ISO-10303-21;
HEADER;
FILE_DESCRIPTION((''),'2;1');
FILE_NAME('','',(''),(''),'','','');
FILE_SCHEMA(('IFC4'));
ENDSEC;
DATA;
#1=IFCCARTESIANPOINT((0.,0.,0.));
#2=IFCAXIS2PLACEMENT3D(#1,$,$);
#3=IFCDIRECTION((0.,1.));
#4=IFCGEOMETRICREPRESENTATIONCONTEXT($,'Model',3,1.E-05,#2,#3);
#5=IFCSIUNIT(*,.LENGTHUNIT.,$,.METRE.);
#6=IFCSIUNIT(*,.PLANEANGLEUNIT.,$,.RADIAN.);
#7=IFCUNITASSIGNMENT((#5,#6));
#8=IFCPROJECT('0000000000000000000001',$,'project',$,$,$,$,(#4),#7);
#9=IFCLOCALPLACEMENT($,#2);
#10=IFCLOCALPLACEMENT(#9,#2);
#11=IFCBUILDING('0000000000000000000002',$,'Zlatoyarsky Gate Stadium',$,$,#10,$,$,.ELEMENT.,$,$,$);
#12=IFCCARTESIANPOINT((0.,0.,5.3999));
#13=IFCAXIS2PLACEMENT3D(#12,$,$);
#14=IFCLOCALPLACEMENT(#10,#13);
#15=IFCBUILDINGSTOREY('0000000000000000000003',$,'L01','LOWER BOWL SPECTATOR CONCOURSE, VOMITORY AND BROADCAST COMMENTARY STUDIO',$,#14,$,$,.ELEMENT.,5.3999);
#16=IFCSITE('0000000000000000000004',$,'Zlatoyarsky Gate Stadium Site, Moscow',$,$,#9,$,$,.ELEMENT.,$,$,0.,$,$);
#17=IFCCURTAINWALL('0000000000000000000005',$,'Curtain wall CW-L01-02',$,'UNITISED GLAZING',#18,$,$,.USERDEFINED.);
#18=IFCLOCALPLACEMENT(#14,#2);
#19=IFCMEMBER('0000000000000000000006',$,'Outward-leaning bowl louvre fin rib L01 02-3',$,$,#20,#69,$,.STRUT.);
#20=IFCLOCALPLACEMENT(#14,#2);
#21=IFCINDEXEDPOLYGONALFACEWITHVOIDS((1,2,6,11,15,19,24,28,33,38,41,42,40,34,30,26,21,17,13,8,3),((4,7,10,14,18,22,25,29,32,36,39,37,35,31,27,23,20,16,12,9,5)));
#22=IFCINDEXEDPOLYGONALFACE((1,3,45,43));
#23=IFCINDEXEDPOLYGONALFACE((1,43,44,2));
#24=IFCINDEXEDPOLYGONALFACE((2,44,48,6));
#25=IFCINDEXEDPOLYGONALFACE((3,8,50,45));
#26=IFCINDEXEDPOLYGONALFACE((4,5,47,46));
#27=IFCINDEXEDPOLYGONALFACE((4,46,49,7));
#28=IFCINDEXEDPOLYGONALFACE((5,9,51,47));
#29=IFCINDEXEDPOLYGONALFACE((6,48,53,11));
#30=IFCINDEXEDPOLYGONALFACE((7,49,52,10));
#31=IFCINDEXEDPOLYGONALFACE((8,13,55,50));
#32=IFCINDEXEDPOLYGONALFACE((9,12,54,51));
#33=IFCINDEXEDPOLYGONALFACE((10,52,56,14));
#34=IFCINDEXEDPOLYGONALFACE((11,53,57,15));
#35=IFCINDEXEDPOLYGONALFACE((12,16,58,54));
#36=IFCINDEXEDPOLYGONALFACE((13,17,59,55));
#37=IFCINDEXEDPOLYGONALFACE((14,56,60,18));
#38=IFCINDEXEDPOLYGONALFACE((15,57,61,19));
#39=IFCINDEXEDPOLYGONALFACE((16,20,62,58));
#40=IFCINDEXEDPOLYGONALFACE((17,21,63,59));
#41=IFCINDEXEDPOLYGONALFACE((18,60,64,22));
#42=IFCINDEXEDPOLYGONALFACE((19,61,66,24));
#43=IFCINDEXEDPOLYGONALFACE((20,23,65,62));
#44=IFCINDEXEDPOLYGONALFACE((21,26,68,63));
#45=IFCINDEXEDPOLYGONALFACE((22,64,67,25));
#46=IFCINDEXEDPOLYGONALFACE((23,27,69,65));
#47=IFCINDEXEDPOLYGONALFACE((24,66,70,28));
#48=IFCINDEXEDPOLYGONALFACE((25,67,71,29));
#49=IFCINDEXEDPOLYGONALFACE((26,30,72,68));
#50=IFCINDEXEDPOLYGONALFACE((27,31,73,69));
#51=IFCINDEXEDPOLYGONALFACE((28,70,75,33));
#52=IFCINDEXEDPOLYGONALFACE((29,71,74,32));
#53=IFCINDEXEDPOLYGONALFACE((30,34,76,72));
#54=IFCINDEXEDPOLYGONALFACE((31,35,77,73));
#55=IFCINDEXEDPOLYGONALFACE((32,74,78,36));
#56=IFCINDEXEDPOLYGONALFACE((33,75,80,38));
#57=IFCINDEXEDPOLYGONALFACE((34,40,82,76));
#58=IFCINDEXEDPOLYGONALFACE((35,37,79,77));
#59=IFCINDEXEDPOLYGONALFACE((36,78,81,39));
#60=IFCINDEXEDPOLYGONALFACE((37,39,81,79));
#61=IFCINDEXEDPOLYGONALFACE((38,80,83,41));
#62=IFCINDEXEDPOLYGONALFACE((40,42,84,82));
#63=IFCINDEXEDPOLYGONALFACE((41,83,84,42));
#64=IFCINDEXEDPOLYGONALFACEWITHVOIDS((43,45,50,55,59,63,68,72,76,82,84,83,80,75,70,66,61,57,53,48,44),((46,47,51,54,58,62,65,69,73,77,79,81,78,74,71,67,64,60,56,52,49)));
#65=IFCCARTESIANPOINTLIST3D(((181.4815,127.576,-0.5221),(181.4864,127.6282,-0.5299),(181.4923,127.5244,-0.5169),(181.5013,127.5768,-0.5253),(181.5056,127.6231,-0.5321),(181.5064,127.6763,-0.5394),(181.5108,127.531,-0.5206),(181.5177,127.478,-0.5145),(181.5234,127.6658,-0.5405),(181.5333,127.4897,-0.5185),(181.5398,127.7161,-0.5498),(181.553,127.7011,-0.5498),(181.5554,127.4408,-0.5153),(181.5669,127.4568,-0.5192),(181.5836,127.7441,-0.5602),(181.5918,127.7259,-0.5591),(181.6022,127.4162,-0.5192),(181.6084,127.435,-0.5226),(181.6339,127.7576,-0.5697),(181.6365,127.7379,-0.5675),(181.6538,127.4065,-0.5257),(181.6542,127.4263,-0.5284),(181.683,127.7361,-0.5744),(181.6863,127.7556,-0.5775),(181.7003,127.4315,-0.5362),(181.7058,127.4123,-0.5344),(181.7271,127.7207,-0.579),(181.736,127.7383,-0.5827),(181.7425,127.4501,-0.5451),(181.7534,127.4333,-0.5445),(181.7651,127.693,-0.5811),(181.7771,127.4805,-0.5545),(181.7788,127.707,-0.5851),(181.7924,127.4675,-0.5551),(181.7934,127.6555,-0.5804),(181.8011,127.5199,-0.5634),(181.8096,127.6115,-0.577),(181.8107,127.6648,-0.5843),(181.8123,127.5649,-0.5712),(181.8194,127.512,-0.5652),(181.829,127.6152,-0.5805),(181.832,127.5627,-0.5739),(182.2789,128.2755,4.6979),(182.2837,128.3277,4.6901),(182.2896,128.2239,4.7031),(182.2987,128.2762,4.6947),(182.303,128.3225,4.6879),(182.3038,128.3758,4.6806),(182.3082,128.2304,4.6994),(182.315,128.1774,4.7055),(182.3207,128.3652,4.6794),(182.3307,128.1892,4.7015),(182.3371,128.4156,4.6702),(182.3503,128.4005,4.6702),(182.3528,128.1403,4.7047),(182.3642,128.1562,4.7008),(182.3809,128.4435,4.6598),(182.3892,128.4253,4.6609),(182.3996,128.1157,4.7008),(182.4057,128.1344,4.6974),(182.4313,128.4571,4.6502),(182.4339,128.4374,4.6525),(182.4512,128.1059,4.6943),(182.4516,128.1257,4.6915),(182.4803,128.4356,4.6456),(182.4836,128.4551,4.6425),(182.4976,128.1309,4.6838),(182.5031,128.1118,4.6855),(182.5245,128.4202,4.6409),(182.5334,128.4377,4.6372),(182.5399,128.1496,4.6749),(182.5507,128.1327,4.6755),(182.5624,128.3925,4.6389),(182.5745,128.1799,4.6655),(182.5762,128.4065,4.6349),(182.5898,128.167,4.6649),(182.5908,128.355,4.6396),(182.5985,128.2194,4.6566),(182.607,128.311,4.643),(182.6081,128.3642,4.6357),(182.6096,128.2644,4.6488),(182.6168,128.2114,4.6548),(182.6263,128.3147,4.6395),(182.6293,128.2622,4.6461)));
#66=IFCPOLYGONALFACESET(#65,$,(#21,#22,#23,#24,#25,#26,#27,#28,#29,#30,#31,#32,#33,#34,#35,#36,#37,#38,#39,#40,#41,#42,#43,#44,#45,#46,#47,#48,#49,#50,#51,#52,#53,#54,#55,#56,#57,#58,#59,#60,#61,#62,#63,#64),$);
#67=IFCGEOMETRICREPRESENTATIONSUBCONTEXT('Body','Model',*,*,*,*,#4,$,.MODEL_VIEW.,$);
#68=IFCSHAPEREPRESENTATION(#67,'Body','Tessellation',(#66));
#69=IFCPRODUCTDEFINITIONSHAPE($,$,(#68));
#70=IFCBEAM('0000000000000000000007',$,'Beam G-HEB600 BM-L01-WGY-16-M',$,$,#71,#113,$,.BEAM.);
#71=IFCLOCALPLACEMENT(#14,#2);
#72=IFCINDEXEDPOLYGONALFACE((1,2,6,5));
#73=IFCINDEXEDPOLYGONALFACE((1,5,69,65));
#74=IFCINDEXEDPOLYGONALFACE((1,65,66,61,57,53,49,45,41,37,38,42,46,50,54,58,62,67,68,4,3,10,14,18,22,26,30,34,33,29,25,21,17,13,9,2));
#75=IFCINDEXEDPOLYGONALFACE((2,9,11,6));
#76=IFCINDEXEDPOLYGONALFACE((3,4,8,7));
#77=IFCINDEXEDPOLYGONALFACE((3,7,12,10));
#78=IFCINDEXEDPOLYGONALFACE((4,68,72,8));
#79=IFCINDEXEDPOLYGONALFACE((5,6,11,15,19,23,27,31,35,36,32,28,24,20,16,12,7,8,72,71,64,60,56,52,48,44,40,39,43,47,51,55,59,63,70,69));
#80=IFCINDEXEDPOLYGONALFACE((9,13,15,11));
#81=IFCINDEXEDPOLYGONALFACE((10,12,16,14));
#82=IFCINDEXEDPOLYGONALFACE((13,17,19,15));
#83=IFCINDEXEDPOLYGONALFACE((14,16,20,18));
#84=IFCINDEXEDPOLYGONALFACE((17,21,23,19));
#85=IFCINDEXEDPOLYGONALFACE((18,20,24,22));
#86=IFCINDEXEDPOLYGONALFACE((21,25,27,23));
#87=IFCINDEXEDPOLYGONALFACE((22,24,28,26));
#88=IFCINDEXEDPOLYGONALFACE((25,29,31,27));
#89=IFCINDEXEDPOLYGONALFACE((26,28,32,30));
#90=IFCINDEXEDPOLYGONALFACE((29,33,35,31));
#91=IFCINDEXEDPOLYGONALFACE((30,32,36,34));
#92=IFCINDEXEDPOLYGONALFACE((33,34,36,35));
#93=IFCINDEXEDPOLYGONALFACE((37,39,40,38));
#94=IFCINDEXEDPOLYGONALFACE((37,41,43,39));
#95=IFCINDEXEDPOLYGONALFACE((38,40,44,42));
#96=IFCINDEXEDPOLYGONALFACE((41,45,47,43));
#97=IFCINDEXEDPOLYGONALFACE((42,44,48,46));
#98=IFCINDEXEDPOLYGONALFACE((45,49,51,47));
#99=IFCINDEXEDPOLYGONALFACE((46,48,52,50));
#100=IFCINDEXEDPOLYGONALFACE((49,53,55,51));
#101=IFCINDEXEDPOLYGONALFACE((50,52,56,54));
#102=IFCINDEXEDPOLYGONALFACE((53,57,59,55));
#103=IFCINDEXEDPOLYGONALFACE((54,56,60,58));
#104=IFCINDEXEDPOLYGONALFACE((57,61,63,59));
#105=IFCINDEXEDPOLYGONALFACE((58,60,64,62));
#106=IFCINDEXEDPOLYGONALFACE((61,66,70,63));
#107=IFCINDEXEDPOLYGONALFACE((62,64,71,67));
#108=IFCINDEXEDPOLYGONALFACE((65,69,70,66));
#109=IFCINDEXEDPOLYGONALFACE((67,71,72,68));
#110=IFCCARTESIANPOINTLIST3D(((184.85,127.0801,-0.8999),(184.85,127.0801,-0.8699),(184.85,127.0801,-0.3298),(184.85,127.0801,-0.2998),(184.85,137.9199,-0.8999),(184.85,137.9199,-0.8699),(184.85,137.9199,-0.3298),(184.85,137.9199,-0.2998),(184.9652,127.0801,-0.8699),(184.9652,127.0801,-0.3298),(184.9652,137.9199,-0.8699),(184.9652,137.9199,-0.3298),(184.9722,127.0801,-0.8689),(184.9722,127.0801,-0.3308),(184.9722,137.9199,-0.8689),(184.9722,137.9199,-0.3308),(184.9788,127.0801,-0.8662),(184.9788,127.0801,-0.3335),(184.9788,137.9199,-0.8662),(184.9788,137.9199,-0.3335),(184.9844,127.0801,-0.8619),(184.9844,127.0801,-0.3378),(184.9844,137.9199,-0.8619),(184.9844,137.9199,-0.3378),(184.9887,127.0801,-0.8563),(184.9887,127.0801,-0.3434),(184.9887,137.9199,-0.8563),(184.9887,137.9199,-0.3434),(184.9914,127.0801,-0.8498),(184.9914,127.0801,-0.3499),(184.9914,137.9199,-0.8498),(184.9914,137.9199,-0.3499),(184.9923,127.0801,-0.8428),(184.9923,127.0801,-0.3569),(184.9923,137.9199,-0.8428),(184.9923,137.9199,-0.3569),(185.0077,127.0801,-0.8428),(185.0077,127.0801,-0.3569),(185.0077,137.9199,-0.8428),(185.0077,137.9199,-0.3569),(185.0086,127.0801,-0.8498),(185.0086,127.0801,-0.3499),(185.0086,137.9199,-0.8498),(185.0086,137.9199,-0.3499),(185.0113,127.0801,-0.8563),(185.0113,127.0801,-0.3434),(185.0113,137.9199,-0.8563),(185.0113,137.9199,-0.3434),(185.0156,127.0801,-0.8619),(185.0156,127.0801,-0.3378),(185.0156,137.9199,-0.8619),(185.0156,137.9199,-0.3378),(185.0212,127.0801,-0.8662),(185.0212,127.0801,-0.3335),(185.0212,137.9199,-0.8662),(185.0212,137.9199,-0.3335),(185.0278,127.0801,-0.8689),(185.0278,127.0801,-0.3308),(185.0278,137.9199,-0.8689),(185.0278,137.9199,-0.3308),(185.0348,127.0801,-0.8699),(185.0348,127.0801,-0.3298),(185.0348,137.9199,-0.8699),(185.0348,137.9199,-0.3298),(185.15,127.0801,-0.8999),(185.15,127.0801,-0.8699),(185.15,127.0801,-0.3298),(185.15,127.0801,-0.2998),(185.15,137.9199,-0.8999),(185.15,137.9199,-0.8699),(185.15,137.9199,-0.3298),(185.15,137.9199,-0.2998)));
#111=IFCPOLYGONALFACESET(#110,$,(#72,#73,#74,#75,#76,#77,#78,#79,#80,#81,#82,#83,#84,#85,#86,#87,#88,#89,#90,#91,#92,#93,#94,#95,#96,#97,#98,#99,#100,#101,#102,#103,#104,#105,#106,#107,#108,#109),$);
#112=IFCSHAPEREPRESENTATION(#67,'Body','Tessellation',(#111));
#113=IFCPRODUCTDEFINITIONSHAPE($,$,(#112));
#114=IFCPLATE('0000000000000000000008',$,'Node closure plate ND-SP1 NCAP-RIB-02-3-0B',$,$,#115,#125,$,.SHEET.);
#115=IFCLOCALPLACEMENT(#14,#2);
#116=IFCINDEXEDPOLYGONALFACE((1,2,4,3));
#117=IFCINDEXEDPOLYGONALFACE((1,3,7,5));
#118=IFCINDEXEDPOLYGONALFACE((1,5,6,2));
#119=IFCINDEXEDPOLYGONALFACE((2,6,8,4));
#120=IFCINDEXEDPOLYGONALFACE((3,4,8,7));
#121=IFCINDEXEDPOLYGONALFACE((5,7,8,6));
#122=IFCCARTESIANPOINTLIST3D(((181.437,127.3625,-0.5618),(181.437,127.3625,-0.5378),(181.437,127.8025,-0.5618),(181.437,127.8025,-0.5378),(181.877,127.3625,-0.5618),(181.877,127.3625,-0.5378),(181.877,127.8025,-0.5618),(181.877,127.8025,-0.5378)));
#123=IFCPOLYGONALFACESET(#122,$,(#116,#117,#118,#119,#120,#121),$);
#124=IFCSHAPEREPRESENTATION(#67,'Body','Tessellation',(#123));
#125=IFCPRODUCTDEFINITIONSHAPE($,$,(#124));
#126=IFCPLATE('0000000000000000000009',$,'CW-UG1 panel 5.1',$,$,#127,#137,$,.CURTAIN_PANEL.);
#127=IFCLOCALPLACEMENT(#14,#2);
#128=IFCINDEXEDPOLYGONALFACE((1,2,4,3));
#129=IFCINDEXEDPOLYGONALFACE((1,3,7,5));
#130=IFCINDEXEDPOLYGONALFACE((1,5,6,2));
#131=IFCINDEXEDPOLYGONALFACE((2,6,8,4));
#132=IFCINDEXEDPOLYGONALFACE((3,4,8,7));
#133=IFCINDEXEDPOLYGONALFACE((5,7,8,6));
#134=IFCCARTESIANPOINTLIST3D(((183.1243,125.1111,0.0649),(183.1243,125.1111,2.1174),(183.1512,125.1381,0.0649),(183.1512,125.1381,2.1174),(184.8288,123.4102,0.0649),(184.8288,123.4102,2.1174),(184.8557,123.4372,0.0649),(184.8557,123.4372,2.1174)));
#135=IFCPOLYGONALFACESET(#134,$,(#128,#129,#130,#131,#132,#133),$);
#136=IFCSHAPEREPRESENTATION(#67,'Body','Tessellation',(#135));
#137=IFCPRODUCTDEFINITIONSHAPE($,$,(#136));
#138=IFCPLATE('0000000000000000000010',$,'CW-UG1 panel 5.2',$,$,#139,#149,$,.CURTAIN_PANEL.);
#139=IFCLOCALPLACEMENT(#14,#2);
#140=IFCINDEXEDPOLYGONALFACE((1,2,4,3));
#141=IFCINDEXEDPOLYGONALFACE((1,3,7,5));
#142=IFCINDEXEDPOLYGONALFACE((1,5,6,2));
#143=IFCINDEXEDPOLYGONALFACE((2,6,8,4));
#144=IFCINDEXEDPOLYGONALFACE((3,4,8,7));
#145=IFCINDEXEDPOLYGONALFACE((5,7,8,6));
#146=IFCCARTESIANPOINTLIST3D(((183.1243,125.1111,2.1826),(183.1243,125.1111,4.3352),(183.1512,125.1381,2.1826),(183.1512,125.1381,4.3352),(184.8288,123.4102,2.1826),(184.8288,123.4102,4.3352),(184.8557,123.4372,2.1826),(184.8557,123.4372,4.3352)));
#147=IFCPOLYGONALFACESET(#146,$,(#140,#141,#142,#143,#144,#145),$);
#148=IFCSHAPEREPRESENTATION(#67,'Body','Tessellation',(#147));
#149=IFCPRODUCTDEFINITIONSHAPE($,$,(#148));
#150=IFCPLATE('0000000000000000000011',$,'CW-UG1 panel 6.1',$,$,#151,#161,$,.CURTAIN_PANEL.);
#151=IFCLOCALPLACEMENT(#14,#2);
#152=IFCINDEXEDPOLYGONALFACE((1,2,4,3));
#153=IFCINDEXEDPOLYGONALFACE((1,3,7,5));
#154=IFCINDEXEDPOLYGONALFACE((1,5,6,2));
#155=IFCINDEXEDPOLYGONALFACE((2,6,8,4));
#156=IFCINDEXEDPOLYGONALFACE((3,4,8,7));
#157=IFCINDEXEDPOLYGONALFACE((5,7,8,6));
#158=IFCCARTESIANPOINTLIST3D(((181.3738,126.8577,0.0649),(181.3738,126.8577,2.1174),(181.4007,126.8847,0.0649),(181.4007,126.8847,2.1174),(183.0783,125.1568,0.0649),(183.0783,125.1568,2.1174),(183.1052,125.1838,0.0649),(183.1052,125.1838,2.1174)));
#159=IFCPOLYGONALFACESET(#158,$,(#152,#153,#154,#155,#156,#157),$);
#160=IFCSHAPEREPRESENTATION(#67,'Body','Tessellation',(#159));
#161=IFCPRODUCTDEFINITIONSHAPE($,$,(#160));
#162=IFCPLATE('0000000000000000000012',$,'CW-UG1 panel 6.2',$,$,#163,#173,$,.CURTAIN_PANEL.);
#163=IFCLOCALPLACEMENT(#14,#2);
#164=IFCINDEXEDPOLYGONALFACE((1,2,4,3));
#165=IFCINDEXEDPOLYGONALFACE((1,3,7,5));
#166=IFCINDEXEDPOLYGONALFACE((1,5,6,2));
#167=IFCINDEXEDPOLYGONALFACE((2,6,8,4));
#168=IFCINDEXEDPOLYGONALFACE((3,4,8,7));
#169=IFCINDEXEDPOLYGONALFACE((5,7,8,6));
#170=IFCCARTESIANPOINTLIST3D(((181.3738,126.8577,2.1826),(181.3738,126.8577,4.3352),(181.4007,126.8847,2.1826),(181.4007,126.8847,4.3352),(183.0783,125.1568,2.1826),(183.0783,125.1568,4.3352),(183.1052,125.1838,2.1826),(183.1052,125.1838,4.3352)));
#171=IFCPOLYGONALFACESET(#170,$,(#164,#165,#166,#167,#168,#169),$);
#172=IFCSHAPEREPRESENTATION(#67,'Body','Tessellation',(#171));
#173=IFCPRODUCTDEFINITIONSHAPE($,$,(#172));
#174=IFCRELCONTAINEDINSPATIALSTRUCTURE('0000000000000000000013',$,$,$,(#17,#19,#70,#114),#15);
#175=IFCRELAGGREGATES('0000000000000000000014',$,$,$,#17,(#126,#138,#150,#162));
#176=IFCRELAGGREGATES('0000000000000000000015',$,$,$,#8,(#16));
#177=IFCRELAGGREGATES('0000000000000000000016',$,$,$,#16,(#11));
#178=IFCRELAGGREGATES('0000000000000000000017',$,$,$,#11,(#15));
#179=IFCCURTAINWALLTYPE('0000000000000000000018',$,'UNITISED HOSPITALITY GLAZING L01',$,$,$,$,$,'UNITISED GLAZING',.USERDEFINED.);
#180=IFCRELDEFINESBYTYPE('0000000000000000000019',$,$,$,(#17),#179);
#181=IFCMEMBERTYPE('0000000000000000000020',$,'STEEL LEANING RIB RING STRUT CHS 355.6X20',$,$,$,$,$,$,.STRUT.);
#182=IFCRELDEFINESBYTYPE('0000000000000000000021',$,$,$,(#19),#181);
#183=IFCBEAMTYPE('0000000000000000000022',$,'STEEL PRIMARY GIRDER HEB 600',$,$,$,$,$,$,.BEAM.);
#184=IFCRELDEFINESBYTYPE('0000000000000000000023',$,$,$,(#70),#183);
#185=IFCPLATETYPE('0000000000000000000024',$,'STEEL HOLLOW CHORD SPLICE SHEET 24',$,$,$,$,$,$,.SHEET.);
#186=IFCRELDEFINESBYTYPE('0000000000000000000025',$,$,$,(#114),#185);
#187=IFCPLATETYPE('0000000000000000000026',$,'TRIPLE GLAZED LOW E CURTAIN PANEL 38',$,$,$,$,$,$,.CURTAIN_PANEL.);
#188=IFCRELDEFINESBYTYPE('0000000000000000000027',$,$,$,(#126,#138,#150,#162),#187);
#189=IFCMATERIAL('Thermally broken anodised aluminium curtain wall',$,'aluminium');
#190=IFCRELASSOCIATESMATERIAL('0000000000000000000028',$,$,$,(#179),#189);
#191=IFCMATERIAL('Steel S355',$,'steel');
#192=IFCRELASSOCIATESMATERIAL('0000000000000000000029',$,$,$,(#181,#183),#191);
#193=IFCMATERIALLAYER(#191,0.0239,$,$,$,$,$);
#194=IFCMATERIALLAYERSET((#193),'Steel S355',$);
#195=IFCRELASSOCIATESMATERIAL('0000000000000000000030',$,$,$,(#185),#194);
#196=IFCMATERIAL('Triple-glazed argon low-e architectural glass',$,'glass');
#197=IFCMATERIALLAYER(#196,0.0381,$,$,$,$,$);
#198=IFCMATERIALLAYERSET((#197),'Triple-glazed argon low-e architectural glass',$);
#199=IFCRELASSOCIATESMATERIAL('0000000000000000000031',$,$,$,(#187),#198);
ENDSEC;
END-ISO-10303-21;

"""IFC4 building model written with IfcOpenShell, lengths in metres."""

from ifc_helpers import new_model, si_unit, direction, frame, origin, origin_2d, place, context, subcontext, project, spatial, rectangle, hollow_circle, i_section, extrude, material, layer, layer_set, material_profile, profile_set, type_object, element, aggregate, save


model = new_model("IFC4")

# Units and contexts
model_context = context("Model", 3, precision=1e-05, world=origin(), true_north=direction((0.0, 1.0)))
body_context = subcontext(model_context, "Body", "Model", "MODEL_VIEW")
ifc_project = project(units=[si_unit("LENGTHUNIT", "METRE"), si_unit("PLANEANGLEUNIT", "RADIAN")], contexts=[model_context])

# Site, building, storey
site_placement = place(None, origin())
site = spatial("IfcSite", under=ifc_project, at=site_placement, Name="Zlatoyarsky Gate Stadium Site, Moscow", CompositionType="ELEMENT", RefElevation=0.0)
building_placement = place(site_placement, origin())
building = spatial("IfcBuilding", under=site, at=building_placement, Name="Zlatoyarsky Gate Stadium", CompositionType="ELEMENT")
storey_placement = place(building_placement, frame((0.0, 0.0, 5.3999)))
storey = spatial("IfcBuildingStorey", under=building, at=storey_placement, Name="L01", Description="LOWER BOWL SPECTATOR CONCOURSE, VOMITORY AND BROADCAST COMMENTARY STUDIO", CompositionType="ELEMENT", Elevation=5.3999)

# Curtain wall
ifc_material_1 = material(Name="Thermally broken anodised aluminium curtain wall", Category="aluminium")
curtain_wall_type = type_object("IfcCurtainWallType", Name="UNITISED HOSPITALITY GLAZING L01", ElementType="UNITISED GLAZING", PredefinedType="USERDEFINED", material=ifc_material_1)
curtain_wall_placement = place(storey_placement, origin())
curtain_wall = element("IfcCurtainWall", 1, at=curtain_wall_placement, inside=storey, type_object=curtain_wall_type, Name="Curtain wall CW-L01-02", ObjectType="UNITISED GLAZING", PredefinedType="USERDEFINED")

# Member
ifc_material_2 = material(Name="Steel S355", Category="steel")
ifc_material_profile_1 = material_profile(ifc_material_2, hollow_circle(Radius=0.1777, WallThickness=0.02, at=origin_2d()), Name="CHS 355.6X20")
ifc_profile_set_1 = profile_set([ifc_material_profile_1], Name="Steel S355")
member_type_1 = type_object("IfcMemberType", Name="STEEL LEANING RIB RING STRUT CHS 355.6X20", PredefinedType="STRUT", material=ifc_profile_set_1)
member_1_placement = place(storey_placement, frame((181.657, 127.5825, -0.5498), z_axis=(0.149693, 0.131314, 0.979974), x_axis=(-0.659449, 0.751749, 0.0)))
element("IfcMember", 2, at=member_1_placement, inside=storey, type_object=member_type_1, Name="Outward-leaning bowl louvre fin rib L01 02-3", PredefinedType="STRUT", context=body_context, shape_type="SweptSolid", body=[
    extrude(hollow_circle(Radius=0.1777, WallThickness=0.02, at=origin_2d()), origin(), (0.0, 0.0, 1.0), 5.3267),
])

# Beam
ifc_material_profile_2 = material_profile(ifc_material_2, i_section(OverallWidth=0.3, OverallDepth=0.6001, WebThickness=0.0154, FlangeThickness=0.03, FilletRadius=0.0271, at=origin_2d()), Name="HEB 600")
ifc_profile_set_2 = profile_set([ifc_material_profile_2], Name="Steel S355")
beam_type = type_object("IfcBeamType", Name="STEEL PRIMARY GIRDER HEB 600", PredefinedType="BEAM", material=ifc_profile_set_2)
beam_placement = place(storey_placement, frame((185.0, 127.0801, -0.5999), z_axis=(0.0, 1.0, 0.0), x_axis=(-1.0, 0.0, 0.0)))
element("IfcBeam", 3, at=beam_placement, inside=storey, type_object=beam_type, Name="Beam G-HEB600 BM-L01-WGY-16-M", PredefinedType="BEAM", context=body_context, shape_type="SweptSolid", body=[
    extrude(i_section(OverallWidth=0.3, OverallDepth=0.6001, WebThickness=0.0154, FlangeThickness=0.03, FilletRadius=0.0271, at=origin_2d()), origin(), (0.0, 0.0, 1.0), 10.8398),
])

# Plates
ifc_layer_1 = layer(ifc_material_2, 0.0239)
ifc_layer_set_1 = layer_set([ifc_layer_1], Name="Steel S355")
plate_type_1 = type_object("IfcPlateType", Name="STEEL HOLLOW CHORD SPLICE SHEET 24", PredefinedType="SHEET", material=ifc_layer_set_1)
plate_1_placement = place(storey_placement, frame((181.657, 127.5825, -0.5618), z_axis=(0.0, 0.0, 1.0), x_axis=(1.0, 0.0, 0.0)))
element("IfcPlate", 4, at=plate_1_placement, inside=storey, type_object=plate_type_1, Name="Node closure plate ND-SP1 NCAP-RIB-02-3-0B", PredefinedType="SHEET", context=body_context, shape_type="SweptSolid", body=[
    extrude(rectangle(XDim=0.4399, YDim=0.4399, at=origin_2d()), origin(), (0.0, 0.0, 1.0), 0.0239),
])
ifc_material_3 = material(Name="Triple-glazed argon low-e architectural glass", Category="glass")
ifc_layer_2 = layer(ifc_material_3, 0.0381)
ifc_layer_set_2 = layer_set([ifc_layer_2], Name="Triple-glazed argon low-e architectural glass")
plate_type_2 = type_object("IfcPlateType", Name="TRIPLE GLAZED LOW E CURTAIN PANEL 38", PredefinedType="CURTAIN_PANEL", material=ifc_layer_set_2)
plate_2_placement = place(storey_placement, frame((183.99, 124.2742, 0.0649), z_axis=(0.0, 0.0, 1.0), x_axis=(-0.707842, 0.706371, 0.0)))
plate_2 = element("IfcPlate", 5, at=plate_2_placement, type_object=plate_type_2, Name="CW-UG1 panel 5.1", PredefinedType="CURTAIN_PANEL", context=body_context, shape_type="SweptSolid", body=[
    extrude(rectangle(XDim=2.408, YDim=0.0381, at=origin_2d()), origin(), (0.0, 0.0, 1.0), 2.0525),
])
plate_3_placement = place(storey_placement, frame((183.99, 124.2742, 2.1826), z_axis=(0.0, 0.0, 1.0), x_axis=(-0.707842, 0.706371, 0.0)))
plate_3 = element("IfcPlate", 6, at=plate_3_placement, type_object=plate_type_2, Name="CW-UG1 panel 5.2", PredefinedType="CURTAIN_PANEL", context=body_context, shape_type="SweptSolid", body=[
    extrude(rectangle(XDim=2.408, YDim=0.0381, at=origin_2d()), origin(), (0.0, 0.0, 1.0), 2.1526),
])
plate_4_placement = place(storey_placement, frame((182.2395, 126.0208, 0.0649), z_axis=(0.0, 0.0, 1.0), x_axis=(-0.707842, 0.706371, 0.0)))
plate_4 = element("IfcPlate", 7, at=plate_4_placement, type_object=plate_type_2, Name="CW-UG1 panel 6.1", PredefinedType="CURTAIN_PANEL", context=body_context, shape_type="SweptSolid", body=[
    extrude(rectangle(XDim=2.408, YDim=0.0381, at=origin_2d()), origin(), (0.0, 0.0, 1.0), 2.0525),
])
plate_5_placement = place(storey_placement, frame((182.2395, 126.0208, 2.1826), z_axis=(0.0, 0.0, 1.0), x_axis=(-0.707842, 0.706371, 0.0)))
plate_5 = element("IfcPlate", 8, at=plate_5_placement, type_object=plate_type_2, Name="CW-UG1 panel 6.2", PredefinedType="CURTAIN_PANEL", context=body_context, shape_type="SweptSolid", body=[
    extrude(rectangle(XDim=2.408, YDim=0.0381, at=origin_2d()), origin(), (0.0, 0.0, 1.0), 2.1526),
])
aggregate(curtain_wall, [plate_2, plate_3, plate_4, plate_5])

save(model, "model.ifc")
